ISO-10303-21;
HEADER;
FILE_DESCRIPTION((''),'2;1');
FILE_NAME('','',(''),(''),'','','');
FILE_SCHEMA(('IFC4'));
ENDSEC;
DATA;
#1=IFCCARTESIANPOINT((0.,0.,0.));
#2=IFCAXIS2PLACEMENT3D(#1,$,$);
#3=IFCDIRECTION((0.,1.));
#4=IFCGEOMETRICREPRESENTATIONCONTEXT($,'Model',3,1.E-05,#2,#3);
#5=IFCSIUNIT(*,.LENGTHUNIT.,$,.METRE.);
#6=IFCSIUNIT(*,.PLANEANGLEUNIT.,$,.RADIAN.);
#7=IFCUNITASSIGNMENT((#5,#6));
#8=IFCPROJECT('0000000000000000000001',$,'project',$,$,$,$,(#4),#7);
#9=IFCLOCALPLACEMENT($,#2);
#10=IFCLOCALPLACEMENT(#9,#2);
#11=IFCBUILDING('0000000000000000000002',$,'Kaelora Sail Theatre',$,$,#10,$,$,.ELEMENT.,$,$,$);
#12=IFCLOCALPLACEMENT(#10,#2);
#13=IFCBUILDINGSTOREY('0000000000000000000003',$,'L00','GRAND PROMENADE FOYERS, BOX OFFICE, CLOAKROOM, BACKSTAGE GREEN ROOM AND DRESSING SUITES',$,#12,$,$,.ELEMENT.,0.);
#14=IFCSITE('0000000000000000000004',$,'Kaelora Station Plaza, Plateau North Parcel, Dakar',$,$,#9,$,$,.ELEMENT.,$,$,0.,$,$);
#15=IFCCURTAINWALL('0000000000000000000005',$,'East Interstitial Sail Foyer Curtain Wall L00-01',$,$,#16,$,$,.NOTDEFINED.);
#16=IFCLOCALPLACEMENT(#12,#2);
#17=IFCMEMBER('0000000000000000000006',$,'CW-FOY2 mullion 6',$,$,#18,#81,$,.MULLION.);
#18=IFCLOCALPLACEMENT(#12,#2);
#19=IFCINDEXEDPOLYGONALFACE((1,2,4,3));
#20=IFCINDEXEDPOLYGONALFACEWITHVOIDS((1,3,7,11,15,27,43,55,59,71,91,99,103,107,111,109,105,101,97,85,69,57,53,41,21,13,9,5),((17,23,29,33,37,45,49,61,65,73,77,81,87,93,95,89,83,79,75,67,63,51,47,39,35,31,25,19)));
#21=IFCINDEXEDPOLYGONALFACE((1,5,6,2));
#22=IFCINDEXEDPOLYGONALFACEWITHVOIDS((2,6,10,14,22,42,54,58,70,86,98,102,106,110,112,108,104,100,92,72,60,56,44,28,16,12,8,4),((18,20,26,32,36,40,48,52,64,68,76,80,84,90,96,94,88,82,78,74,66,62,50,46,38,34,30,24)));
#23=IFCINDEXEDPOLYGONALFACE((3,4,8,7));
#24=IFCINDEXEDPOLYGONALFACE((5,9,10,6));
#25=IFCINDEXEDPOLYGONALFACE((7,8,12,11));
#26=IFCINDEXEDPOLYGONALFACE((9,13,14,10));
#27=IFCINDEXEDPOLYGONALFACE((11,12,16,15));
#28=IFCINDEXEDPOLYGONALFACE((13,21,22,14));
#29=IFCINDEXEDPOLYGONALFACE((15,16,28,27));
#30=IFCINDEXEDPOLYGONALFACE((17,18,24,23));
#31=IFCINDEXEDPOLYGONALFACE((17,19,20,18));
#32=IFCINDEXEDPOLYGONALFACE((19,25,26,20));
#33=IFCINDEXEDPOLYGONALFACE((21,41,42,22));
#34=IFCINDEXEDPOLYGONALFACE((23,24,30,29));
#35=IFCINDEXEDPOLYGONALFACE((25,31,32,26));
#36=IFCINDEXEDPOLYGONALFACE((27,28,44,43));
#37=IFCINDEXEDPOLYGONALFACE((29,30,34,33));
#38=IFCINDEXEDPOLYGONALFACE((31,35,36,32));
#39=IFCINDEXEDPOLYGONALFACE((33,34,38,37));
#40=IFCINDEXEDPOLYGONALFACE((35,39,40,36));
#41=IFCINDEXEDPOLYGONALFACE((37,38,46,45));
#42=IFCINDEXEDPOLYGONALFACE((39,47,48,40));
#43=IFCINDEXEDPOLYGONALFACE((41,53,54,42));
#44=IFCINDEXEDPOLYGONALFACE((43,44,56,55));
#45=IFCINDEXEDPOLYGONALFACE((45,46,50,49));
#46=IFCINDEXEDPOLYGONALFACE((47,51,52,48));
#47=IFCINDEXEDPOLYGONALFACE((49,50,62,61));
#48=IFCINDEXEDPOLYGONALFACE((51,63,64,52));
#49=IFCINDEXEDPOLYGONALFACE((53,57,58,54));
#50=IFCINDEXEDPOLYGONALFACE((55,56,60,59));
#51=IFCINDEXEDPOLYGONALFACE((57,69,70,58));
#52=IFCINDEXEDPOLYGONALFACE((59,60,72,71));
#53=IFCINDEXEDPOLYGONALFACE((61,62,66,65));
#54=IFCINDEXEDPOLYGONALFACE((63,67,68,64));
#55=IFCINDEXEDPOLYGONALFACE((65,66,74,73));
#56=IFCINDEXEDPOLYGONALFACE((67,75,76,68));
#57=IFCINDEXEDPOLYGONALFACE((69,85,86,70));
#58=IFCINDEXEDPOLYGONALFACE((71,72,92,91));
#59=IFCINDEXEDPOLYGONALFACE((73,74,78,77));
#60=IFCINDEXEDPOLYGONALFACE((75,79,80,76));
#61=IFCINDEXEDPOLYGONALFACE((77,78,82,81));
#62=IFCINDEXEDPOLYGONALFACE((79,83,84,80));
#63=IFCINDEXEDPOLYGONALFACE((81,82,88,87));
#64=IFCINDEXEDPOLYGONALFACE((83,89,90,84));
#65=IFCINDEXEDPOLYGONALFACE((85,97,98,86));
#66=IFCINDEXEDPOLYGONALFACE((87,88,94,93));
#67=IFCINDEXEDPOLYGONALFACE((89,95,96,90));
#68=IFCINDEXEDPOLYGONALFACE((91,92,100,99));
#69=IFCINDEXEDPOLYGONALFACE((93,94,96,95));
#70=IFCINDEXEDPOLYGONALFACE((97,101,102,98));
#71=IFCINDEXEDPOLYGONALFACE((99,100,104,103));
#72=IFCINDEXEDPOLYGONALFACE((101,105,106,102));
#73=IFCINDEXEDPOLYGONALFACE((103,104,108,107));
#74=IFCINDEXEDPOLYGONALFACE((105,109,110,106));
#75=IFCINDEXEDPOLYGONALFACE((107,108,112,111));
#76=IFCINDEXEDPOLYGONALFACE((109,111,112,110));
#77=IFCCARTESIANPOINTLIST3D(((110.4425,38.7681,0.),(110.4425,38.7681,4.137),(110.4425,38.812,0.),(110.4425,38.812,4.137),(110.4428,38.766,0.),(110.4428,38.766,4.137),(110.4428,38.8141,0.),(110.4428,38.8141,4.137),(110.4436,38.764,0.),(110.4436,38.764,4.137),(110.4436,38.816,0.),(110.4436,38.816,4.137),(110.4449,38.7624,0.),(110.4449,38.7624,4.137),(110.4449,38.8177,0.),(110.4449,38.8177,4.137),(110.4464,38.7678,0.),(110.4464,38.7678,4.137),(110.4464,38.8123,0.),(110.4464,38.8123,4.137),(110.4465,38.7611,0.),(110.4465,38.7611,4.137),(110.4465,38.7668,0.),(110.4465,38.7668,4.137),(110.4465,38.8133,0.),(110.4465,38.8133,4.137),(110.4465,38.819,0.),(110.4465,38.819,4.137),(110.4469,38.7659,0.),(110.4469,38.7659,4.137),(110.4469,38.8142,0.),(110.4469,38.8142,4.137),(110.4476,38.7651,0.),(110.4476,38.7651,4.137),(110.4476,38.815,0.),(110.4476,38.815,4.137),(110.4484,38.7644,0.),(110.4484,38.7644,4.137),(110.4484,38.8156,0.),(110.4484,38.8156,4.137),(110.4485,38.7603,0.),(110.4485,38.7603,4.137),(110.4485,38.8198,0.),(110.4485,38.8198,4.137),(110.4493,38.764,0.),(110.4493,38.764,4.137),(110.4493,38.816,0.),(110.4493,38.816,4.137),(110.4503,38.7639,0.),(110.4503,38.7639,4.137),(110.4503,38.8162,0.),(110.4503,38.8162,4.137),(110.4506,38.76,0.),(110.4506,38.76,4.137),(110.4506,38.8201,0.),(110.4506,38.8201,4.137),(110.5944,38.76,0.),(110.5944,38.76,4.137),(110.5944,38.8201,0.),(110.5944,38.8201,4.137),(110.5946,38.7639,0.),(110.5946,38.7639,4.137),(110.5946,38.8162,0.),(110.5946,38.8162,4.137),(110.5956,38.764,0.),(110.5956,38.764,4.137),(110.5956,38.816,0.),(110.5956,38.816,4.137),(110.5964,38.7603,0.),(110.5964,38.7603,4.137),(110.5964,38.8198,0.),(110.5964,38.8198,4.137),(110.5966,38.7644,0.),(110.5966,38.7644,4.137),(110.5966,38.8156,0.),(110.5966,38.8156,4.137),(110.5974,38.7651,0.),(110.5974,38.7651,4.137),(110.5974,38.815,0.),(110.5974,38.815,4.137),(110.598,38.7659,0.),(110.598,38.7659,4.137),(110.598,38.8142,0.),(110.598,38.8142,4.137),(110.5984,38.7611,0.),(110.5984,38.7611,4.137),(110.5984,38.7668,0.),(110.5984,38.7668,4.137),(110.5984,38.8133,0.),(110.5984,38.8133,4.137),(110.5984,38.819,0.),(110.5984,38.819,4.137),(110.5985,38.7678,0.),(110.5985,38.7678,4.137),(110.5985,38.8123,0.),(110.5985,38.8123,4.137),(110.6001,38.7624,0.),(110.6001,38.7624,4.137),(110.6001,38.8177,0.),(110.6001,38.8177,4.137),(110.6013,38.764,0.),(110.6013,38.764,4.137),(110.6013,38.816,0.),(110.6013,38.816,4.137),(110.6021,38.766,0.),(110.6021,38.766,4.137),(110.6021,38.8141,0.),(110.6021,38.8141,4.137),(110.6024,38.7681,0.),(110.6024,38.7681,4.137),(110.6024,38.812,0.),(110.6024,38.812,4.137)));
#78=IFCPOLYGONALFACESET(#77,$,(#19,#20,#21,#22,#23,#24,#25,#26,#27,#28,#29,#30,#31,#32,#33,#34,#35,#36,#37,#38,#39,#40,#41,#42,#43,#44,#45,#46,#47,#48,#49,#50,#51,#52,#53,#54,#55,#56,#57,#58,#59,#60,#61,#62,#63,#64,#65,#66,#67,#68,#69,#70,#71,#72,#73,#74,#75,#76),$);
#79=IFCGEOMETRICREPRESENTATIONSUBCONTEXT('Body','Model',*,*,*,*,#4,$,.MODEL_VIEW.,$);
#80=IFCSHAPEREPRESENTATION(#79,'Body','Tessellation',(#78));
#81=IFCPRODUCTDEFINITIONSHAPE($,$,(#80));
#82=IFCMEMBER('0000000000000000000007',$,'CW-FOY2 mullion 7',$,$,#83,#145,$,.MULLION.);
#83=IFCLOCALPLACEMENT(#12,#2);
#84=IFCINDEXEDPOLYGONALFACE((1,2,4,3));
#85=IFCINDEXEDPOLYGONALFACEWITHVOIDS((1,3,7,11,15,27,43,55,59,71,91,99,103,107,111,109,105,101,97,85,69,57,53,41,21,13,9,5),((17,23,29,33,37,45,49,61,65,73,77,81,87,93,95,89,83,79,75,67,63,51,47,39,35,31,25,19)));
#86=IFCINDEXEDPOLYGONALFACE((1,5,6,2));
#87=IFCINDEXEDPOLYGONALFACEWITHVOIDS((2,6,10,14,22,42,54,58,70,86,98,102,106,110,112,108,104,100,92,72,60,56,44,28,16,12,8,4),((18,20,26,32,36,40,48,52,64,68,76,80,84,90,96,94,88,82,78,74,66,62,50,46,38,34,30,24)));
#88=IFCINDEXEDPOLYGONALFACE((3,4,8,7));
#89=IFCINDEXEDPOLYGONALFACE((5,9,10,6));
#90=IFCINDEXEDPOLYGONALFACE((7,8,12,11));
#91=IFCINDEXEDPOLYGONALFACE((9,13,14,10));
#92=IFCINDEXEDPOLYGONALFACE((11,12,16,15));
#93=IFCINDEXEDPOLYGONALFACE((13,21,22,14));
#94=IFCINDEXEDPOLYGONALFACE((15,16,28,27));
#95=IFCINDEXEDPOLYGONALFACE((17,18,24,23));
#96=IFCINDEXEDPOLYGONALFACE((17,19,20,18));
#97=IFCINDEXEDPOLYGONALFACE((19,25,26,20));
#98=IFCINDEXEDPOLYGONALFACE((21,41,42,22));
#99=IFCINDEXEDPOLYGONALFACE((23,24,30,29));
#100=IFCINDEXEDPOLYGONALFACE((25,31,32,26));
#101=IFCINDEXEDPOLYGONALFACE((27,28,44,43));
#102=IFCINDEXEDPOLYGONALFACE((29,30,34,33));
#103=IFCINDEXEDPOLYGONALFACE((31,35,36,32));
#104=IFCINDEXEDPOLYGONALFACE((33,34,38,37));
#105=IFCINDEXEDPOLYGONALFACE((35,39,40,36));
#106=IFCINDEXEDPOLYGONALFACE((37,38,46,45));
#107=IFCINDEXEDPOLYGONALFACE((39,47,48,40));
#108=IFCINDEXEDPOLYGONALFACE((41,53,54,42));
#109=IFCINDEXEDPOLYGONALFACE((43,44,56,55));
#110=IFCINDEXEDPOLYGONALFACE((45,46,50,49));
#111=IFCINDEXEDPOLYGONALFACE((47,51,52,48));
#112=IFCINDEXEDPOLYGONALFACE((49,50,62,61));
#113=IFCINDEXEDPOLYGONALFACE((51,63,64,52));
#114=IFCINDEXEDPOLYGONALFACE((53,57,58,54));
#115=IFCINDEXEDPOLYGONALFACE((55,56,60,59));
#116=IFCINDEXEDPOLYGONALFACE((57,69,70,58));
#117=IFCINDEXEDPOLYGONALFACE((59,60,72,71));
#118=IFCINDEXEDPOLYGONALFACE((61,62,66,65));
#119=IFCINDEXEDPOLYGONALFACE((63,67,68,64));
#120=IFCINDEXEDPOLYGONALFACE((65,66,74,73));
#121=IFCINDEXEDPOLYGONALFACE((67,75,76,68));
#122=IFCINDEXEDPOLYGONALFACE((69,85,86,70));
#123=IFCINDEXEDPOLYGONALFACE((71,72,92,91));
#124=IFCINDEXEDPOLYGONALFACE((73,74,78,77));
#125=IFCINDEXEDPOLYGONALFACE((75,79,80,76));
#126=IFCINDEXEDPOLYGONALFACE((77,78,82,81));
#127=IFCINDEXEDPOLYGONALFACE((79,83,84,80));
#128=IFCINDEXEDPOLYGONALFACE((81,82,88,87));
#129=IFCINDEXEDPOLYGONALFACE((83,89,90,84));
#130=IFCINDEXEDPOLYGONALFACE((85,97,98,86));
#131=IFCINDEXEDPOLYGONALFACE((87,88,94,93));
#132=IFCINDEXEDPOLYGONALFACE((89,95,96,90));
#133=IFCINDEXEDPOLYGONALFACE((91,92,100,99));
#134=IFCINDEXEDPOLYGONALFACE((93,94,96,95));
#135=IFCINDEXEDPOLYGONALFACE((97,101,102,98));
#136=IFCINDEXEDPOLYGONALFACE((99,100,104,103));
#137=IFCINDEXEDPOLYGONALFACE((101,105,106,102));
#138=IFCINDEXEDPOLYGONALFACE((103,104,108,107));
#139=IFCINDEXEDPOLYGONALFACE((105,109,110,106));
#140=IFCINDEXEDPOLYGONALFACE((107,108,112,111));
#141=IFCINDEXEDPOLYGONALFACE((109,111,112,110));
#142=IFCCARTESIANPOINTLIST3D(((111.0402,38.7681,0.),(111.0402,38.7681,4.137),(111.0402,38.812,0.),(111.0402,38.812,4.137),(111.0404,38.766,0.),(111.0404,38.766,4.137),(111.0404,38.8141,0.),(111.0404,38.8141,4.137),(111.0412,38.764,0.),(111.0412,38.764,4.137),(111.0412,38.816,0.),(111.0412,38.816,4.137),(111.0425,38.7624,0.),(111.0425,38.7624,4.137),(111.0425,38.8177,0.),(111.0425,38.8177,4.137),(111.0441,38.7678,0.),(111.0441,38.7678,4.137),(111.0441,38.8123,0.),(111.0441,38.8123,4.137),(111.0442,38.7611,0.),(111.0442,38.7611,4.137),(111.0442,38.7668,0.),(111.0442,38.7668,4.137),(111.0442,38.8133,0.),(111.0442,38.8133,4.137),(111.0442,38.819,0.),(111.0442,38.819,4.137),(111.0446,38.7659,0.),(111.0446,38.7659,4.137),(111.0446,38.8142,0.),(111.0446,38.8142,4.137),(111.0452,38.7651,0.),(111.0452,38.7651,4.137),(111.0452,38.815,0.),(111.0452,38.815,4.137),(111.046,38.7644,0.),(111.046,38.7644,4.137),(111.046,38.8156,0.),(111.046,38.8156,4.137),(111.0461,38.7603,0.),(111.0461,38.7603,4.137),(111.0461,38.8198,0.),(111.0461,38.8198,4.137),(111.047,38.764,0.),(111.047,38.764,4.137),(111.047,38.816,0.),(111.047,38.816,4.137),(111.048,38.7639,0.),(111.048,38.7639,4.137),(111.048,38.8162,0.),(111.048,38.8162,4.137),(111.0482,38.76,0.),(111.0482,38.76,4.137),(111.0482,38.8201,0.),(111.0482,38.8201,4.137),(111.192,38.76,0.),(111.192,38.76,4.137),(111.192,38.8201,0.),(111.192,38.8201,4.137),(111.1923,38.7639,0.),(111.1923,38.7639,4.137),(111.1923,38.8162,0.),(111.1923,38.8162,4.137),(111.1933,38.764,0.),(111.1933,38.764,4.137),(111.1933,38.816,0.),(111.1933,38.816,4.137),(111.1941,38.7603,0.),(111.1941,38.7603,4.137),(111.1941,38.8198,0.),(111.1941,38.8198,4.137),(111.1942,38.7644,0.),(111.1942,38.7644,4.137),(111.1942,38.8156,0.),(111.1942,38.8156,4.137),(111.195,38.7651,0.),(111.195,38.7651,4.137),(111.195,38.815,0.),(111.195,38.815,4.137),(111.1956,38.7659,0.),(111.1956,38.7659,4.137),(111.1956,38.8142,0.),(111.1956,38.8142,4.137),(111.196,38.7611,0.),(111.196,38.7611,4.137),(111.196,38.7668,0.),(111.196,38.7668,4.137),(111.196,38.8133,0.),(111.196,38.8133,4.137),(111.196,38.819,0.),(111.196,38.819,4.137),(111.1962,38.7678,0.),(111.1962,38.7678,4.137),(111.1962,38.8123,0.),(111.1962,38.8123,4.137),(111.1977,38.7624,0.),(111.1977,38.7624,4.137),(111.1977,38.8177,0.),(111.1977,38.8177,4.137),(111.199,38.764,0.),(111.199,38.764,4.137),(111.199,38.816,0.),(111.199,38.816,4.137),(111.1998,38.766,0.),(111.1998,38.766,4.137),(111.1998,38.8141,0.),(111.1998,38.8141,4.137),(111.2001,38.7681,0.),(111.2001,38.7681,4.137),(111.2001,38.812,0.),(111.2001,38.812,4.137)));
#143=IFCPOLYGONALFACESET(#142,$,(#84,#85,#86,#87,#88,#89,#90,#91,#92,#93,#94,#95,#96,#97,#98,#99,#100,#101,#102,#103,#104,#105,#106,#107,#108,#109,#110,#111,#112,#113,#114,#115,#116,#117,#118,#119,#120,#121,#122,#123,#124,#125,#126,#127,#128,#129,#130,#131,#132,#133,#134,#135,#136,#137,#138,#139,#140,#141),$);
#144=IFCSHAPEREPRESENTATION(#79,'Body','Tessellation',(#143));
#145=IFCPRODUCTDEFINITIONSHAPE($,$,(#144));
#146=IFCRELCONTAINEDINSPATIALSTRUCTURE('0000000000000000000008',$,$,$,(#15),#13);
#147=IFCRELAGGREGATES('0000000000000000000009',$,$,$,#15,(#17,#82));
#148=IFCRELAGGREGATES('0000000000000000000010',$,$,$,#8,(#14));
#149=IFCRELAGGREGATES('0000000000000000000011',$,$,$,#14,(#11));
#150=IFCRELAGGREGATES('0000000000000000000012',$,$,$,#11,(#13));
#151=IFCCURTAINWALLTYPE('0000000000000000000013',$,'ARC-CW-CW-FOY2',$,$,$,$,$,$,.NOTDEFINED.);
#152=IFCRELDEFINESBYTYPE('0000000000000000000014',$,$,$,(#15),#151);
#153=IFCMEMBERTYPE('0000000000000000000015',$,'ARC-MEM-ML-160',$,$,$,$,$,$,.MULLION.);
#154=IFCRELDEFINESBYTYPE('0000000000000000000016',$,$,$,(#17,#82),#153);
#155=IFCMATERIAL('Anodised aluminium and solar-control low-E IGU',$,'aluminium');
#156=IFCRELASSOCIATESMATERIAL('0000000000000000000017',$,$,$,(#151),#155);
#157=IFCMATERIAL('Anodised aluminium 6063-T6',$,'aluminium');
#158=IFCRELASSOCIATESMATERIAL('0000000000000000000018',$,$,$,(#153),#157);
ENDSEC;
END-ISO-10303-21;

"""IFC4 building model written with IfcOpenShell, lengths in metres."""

from ifc_helpers import new_model, si_unit, direction, frame, origin, origin_2d, place, context, subcontext, project, spatial, hollow_rectangle, extrude, material, material_profile, profile_set, type_object, element, aggregate, save


model = new_model("IFC4")

# Units and contexts
model_context = context("Model", 3, precision=1e-05, world=origin(), true_north=direction((0.0, 1.0)))
body_context = subcontext(model_context, "Body", "Model", "MODEL_VIEW")
ifc_project = project(units=[si_unit("LENGTHUNIT", "METRE"), si_unit("PLANEANGLEUNIT", "RADIAN")], contexts=[model_context])

# Site, building, storey
site_placement = place(None, origin())
site = spatial("IfcSite", under=ifc_project, at=site_placement, Name="Kaelora Station Plaza, Plateau North Parcel, Dakar", CompositionType="ELEMENT", RefElevation=0.0)
building_placement = place(site_placement, origin())
building = spatial("IfcBuilding", under=site, at=building_placement, Name="Kaelora Sail Theatre", CompositionType="ELEMENT")
storey_placement = place(building_placement, origin())
storey = spatial("IfcBuildingStorey", under=building, at=storey_placement, Name="L00", Description="GRAND PROMENADE FOYERS, BOX OFFICE, CLOAKROOM, BACKSTAGE GREEN ROOM AND DRESSING SUITES", CompositionType="ELEMENT", Elevation=0.0)

# Curtain wall, members
ifc_material_1 = material(Name="Anodised aluminium and solar-control low-E IGU", Category="aluminium")
curtain_wall_type = type_object("IfcCurtainWallType", Name="ARC-CW-CW-FOY2", PredefinedType="NOTDEFINED", material=ifc_material_1)
curtain_wall_1_placement = place(storey_placement, origin())
curtain_wall_1 = element("IfcCurtainWall", 1, at=curtain_wall_1_placement, inside=storey, type_object=curtain_wall_type, Name="East Interstitial Sail Foyer Curtain Wall L00-01", PredefinedType="NOTDEFINED")
ifc_material_2 = material(Name="Anodised aluminium 6063-T6", Category="aluminium")
ifc_material_profile_1 = material_profile(ifc_material_2, hollow_rectangle(XDim=0.0601, YDim=0.1599, WallThickness=0.0039, InnerFilletRadius=0.0039, OuterFilletRadius=0.0081, at=origin_2d()), Name="ALU-MULL 60x160x4")
ifc_profile_set_1 = profile_set([ifc_material_profile_1], Name="Anodised aluminium 6063-T6")
member_type_1 = type_object("IfcMemberType", Name="ARC-MEM-ML-160", PredefinedType="MULLION", material=ifc_profile_set_1)
member_1_placement = place(storey_placement, frame((110.5225, 38.79, 0.0), z_axis=(0.0, 0.0, 1.0), x_axis=(0.0, 1.0, 0.0)))
member_1 = element("IfcMember", 2, at=member_1_placement, type_object=member_type_1, Name="CW-FOY2 mullion 6", PredefinedType="MULLION", context=body_context, shape_type="SweptSolid", body=[
    extrude(hollow_rectangle(XDim=0.0601, YDim=0.1599, WallThickness=0.0039, InnerFilletRadius=0.0039, OuterFilletRadius=0.0081, at=origin_2d()), origin(), (0.0, 0.0, 1.0), 4.137),
])
member_2_placement = place(storey_placement, frame((111.1201, 38.79, 0.0), z_axis=(0.0, 0.0, 1.0), x_axis=(0.0, 1.0, 0.0)))
member_2 = element("IfcMember", 3, at=member_2_placement, type_object=member_type_1, Name="CW-FOY2 mullion 7", PredefinedType="MULLION", context=body_context, shape_type="SweptSolid", body=[
    extrude(hollow_rectangle(XDim=0.0601, YDim=0.1599, WallThickness=0.0039, InnerFilletRadius=0.0039, OuterFilletRadius=0.0081, at=origin_2d()), origin(), (0.0, 0.0, 1.0), 4.137),
])

aggregate(curtain_wall_1, [member_1, member_2])

save(model, "model.ifc")
